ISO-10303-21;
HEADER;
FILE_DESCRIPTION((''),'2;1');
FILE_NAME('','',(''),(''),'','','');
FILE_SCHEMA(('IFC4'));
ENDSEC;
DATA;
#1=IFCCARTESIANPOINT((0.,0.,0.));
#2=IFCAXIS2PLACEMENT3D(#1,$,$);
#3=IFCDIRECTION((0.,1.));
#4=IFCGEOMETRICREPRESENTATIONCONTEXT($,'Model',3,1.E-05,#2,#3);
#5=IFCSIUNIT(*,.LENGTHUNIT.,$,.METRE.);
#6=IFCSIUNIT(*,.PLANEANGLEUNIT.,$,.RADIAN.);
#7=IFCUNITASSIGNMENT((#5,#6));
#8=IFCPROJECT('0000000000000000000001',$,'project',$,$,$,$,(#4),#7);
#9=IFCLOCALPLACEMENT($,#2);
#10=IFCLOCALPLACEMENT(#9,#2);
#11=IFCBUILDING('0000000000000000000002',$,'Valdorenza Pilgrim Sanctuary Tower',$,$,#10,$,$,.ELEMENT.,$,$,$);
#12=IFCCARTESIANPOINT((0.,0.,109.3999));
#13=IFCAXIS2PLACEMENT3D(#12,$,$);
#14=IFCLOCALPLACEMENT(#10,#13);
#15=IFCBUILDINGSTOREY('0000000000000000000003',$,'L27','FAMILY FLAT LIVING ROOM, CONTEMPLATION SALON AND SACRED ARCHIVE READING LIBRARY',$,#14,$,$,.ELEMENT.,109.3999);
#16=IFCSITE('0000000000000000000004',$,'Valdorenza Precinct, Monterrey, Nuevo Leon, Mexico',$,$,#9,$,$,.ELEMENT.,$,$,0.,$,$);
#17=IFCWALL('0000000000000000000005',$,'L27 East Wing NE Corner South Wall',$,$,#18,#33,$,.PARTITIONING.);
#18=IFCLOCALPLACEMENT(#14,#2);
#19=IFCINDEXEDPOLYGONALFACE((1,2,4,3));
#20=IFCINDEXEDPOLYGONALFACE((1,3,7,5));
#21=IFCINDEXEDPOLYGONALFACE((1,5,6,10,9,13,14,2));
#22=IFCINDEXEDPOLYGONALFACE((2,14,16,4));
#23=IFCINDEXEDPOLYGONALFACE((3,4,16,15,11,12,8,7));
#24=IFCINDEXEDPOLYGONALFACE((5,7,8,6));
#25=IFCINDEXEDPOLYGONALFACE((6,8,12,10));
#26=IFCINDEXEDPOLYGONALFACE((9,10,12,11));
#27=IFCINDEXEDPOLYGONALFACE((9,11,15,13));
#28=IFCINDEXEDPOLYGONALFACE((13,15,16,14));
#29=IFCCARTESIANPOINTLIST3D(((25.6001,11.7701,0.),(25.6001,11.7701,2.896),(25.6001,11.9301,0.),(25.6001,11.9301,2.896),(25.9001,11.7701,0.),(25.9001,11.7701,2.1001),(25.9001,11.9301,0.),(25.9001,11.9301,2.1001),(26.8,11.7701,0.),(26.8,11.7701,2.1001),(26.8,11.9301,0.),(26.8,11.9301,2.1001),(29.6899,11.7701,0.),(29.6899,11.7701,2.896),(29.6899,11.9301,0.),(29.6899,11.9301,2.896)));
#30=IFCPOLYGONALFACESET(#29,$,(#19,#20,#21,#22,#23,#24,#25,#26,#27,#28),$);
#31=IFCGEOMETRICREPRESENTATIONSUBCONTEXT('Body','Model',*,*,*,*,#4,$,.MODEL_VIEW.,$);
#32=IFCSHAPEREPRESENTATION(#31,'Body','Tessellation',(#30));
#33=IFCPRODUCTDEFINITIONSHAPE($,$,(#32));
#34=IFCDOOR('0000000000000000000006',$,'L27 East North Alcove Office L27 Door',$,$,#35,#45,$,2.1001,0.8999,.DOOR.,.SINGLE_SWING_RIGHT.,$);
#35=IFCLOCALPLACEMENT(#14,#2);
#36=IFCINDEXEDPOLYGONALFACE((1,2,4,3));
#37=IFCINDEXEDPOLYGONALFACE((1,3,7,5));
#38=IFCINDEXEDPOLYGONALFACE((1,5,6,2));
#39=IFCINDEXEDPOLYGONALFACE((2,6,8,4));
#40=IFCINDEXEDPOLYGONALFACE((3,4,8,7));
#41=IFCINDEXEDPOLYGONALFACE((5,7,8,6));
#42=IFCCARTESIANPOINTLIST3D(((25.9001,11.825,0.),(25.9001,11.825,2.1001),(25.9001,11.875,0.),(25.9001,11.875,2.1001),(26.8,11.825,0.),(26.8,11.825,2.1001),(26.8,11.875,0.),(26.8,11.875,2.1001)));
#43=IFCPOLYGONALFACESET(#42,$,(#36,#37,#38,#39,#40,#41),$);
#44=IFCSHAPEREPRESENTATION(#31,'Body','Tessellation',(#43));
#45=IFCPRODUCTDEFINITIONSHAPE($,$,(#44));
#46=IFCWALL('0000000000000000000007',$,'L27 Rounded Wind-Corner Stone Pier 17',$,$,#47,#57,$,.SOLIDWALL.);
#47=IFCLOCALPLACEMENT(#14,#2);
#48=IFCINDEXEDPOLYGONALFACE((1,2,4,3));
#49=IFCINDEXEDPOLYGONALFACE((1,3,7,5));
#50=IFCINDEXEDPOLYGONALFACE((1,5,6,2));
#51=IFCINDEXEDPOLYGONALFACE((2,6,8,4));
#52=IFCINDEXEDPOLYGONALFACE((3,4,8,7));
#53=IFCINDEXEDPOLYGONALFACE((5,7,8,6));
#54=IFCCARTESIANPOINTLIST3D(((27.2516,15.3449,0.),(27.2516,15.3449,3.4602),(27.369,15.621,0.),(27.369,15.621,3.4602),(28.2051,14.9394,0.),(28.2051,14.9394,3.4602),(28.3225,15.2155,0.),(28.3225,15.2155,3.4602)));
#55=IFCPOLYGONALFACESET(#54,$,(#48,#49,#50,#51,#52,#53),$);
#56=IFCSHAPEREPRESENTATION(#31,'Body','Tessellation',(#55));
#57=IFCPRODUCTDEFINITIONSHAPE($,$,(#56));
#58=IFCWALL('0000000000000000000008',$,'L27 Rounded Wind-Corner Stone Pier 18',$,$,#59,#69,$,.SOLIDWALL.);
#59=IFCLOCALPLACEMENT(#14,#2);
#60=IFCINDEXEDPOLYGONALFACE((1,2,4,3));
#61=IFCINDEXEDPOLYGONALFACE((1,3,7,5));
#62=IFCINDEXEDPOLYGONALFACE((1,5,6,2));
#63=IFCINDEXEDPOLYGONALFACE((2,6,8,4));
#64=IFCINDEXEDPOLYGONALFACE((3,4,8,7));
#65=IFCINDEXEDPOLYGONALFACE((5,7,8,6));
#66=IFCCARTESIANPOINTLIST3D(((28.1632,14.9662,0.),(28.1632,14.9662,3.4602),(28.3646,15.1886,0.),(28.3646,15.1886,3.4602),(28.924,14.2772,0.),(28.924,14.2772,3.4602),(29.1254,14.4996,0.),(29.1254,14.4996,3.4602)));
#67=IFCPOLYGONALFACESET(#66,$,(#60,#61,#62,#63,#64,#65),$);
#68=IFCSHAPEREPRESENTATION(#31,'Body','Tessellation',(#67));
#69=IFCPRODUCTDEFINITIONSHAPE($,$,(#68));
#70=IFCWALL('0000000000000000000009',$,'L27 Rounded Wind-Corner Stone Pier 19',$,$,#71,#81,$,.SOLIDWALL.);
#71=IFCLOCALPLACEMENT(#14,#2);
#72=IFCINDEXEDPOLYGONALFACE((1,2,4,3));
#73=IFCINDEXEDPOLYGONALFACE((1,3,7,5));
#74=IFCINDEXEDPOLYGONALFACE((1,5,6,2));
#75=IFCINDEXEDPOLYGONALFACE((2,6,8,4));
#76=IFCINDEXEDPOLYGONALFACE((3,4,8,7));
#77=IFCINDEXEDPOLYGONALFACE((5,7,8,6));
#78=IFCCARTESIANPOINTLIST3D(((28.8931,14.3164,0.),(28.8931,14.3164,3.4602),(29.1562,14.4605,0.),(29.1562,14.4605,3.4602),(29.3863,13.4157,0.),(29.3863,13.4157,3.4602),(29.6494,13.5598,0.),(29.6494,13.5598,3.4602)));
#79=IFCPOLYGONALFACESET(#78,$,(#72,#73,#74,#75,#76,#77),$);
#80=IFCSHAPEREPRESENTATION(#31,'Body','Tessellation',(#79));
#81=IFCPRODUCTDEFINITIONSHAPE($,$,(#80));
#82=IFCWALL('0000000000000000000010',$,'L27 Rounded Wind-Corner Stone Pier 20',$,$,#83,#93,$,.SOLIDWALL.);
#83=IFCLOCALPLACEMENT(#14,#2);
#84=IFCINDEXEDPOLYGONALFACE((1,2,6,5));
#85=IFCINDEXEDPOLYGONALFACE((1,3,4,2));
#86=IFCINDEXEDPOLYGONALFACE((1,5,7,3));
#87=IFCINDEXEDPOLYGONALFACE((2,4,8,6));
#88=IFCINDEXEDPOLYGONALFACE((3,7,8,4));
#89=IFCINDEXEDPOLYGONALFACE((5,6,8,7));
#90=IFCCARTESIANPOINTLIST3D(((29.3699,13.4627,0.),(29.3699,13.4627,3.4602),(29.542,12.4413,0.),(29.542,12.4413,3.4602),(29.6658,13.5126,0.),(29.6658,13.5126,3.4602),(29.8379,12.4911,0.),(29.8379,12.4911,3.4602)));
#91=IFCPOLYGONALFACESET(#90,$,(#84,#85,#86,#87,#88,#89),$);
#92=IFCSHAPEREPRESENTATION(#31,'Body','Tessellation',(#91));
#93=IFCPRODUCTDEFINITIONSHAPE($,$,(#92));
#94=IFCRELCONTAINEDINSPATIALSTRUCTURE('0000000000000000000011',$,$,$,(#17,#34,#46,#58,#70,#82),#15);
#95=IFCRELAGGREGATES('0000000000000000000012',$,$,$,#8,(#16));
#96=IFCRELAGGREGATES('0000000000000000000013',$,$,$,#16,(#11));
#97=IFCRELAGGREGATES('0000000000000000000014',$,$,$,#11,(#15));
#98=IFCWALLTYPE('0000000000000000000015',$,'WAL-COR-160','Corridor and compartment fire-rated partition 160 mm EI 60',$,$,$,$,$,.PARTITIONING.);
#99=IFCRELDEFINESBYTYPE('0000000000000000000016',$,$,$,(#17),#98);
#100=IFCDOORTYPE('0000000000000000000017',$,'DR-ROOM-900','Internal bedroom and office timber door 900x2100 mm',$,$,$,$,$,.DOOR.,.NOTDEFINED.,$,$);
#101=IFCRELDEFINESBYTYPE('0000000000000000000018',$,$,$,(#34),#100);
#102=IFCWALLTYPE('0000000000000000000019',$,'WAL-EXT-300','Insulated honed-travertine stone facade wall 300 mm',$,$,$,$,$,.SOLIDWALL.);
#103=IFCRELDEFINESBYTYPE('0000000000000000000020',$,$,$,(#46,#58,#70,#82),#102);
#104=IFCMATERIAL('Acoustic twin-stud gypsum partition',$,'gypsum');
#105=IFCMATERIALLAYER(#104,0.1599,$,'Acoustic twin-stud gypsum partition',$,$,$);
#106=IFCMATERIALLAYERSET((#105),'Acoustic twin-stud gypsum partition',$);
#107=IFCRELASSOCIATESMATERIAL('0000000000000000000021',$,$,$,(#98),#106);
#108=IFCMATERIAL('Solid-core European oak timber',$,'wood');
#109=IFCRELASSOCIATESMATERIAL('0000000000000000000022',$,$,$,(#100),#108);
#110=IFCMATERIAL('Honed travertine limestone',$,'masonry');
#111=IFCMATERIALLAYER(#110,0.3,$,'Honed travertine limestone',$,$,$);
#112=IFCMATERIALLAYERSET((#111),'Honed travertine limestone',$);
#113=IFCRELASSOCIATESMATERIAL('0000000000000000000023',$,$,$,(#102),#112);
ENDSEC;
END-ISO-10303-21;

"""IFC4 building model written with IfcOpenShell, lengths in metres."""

from ifc_helpers import new_model, si_unit, direction, frame, frame_2d, origin, place, context, subcontext, project, spatial, rectangle, extrude, material, layer, layer_set, type_object, element, fill, save


model = new_model("IFC4")

# Units and contexts
model_context = context("Model", 3, precision=1e-05, world=origin(), true_north=direction((0.0, 1.0)))
body_context = subcontext(model_context, "Body", "Model", "MODEL_VIEW")
ifc_project = project(units=[si_unit("LENGTHUNIT", "METRE"), si_unit("PLANEANGLEUNIT", "RADIAN")], contexts=[model_context])

# Site, building, storey
site_placement = place(None, origin())
site = spatial("IfcSite", under=ifc_project, at=site_placement, Name="Valdorenza Precinct, Monterrey, Nuevo Leon, Mexico", CompositionType="ELEMENT", RefElevation=0.0)
building_placement = place(site_placement, origin())
building = spatial("IfcBuilding", under=site, at=building_placement, Name="Valdorenza Pilgrim Sanctuary Tower", CompositionType="ELEMENT")
storey_placement = place(building_placement, frame((0.0, 0.0, 109.3999)))
storey = spatial("IfcBuildingStorey", under=building, at=storey_placement, Name="L27", Description="FAMILY FLAT LIVING ROOM, CONTEMPLATION SALON AND SACRED ARCHIVE READING LIBRARY", CompositionType="ELEMENT", Elevation=109.3999)

# Shared definitions
ifc_material_1 = material(Name="Honed travertine limestone", Category="masonry")

# Shared definitions
ifc_material_2 = material(Name="Acoustic twin-stud gypsum partition", Category="gypsum")
ifc_layer_1 = layer(ifc_material_2, 0.1599, Name="Acoustic twin-stud gypsum partition")
ifc_layer_set_1 = layer_set([ifc_layer_1], Name="Acoustic twin-stud gypsum partition")
wall_type_1 = type_object("IfcWallType", Name="WAL-COR-160", Description="Corridor and compartment fire-rated partition 160 mm EI 60", PredefinedType="PARTITIONING", material=ifc_layer_set_1)
ifc_material_3 = material(Name="Solid-core European oak timber", Category="wood")
door_type = type_object("IfcDoorType", Name="DR-ROOM-900", Description="Internal bedroom and office timber door 900x2100 mm", OperationType="NOTDEFINED", PredefinedType="DOOR", material=ifc_material_3)

# Wall, opening, door
wall_1_placement = place(storey_placement, frame((25.6001, 11.8501, 0.0), z_axis=(0.0, 0.0, 1.0), x_axis=(1.0, 0.0, 0.0)))
wall_1 = element("IfcWall", 1, at=wall_1_placement, inside=storey, type_object=wall_type_1, Name="L27 East Wing NE Corner South Wall", PredefinedType="PARTITIONING", context=body_context, shape_type="SweptSolid", body=[
    extrude(rectangle(XDim=4.0898, YDim=0.1599, at=frame_2d((2.0449, 0.0))), origin(), (0.0, 0.0, 1.0), 2.896),
])
opening_1_placement = place(wall_1_placement, frame((0.3, 0.0, 0.0)))
opening_1 = element("IfcOpeningElement", 2, at=opening_1_placement, cuts=wall_1, PredefinedType="OPENING", context=body_context, shape_type="SweptSolid", body=[
    extrude(rectangle(XDim=0.8999, YDim=2.1001, at=frame_2d((0.45, 1.05))), frame((0.0, 0.0947, 0.0), z_axis=(0.0, -1.0, 0.0), x_axis=(1.0, 0.0, 0.0)), (0.0, 0.0, 1.0), 0.1897),
])
door_1_placement = place(opening_1_placement, origin())
door_1 = element("IfcDoor", 3, at=door_1_placement, inside=storey, type_object=door_type, Name="L27 East North Alcove Office L27 Door", OperationType="SINGLE_SWING_RIGHT", OverallHeight=2.1001, OverallWidth=0.8999, PredefinedType="DOOR", context=body_context, shape_type="SweptSolid", body=[
    extrude(rectangle(XDim=0.8999, YDim=2.1001, at=frame_2d((0.45, 1.05))), frame((0.0, 0.0249, 0.0), z_axis=(0.0, -1.0, 0.0), x_axis=(1.0, 0.0, 0.0)), (0.0, 0.0, 1.0), 0.05),
])
fill(opening_1, door_1)

# Walls
ifc_layer_2 = layer(ifc_material_1, 0.3, Name="Honed travertine limestone")
ifc_layer_set_2 = layer_set([ifc_layer_2], Name="Honed travertine limestone")
wall_type_2 = type_object("IfcWallType", Name="WAL-EXT-300", Description="Insulated honed-travertine stone facade wall 300 mm", PredefinedType="SOLIDWALL", material=ifc_layer_set_2)
wall_2_placement = place(storey_placement, frame((27.3103, 15.4829, 0.0), z_axis=(0.0, 0.0, 1.0), x_axis=(0.92025, -0.39133, 0.0)))
element("IfcWall", 4, at=wall_2_placement, inside=storey, type_object=wall_type_2, Name="L27 Rounded Wind-Corner Stone Pier 17", PredefinedType="SOLIDWALL", context=body_context, shape_type="SweptSolid", body=[
    extrude(rectangle(XDim=1.0361, YDim=0.3, at=frame_2d((0.5181, 0.0))), origin(), (0.0, 0.0, 1.0), 3.4602),
])
wall_3_placement = place(storey_placement, frame((28.2639, 15.0774, 0.0), z_axis=(0.0, 0.0, 1.0), x_axis=(0.741209, -0.671275, 0.0)))
element("IfcWall", 5, at=wall_3_placement, inside=storey, type_object=wall_type_2, Name="L27 Rounded Wind-Corner Stone Pier 18", PredefinedType="SOLIDWALL", context=body_context, shape_type="SweptSolid", body=[
    extrude(rectangle(XDim=1.0264, YDim=0.3, at=frame_2d((0.5132, 0.0))), origin(), (0.0, 0.0, 1.0), 3.4602),
])
wall_4_placement = place(storey_placement, frame((29.0247, 14.3884, 0.0), z_axis=(0.0, 0.0, 1.0), x_axis=(0.480284, -0.877113, 0.0)))
element("IfcWall", 6, at=wall_4_placement, inside=storey, type_object=wall_type_2, Name="L27 Rounded Wind-Corner Stone Pier 19", PredefinedType="SOLIDWALL", context=body_context, shape_type="SweptSolid", body=[
    extrude(rectangle(XDim=1.0269, YDim=0.3, at=frame_2d((0.5134, 0.0))), origin(), (0.0, 0.0, 1.0), 3.4602),
])
wall_5_placement = place(storey_placement, frame((29.5178, 13.4878, 0.0), z_axis=(0.0, 0.0, 1.0), x_axis=(0.166157, -0.986099, 0.0)))
element("IfcWall", 7, at=wall_5_placement, inside=storey, type_object=wall_type_2, Name="L27 Rounded Wind-Corner Stone Pier 20", PredefinedType="SOLIDWALL", context=body_context, shape_type="SweptSolid", body=[
    extrude(rectangle(XDim=1.0359, YDim=0.3, at=frame_2d((0.5181, 0.0))), origin(), (0.0, 0.0, 1.0), 3.4602),
])

save(model, "model.ifc")
